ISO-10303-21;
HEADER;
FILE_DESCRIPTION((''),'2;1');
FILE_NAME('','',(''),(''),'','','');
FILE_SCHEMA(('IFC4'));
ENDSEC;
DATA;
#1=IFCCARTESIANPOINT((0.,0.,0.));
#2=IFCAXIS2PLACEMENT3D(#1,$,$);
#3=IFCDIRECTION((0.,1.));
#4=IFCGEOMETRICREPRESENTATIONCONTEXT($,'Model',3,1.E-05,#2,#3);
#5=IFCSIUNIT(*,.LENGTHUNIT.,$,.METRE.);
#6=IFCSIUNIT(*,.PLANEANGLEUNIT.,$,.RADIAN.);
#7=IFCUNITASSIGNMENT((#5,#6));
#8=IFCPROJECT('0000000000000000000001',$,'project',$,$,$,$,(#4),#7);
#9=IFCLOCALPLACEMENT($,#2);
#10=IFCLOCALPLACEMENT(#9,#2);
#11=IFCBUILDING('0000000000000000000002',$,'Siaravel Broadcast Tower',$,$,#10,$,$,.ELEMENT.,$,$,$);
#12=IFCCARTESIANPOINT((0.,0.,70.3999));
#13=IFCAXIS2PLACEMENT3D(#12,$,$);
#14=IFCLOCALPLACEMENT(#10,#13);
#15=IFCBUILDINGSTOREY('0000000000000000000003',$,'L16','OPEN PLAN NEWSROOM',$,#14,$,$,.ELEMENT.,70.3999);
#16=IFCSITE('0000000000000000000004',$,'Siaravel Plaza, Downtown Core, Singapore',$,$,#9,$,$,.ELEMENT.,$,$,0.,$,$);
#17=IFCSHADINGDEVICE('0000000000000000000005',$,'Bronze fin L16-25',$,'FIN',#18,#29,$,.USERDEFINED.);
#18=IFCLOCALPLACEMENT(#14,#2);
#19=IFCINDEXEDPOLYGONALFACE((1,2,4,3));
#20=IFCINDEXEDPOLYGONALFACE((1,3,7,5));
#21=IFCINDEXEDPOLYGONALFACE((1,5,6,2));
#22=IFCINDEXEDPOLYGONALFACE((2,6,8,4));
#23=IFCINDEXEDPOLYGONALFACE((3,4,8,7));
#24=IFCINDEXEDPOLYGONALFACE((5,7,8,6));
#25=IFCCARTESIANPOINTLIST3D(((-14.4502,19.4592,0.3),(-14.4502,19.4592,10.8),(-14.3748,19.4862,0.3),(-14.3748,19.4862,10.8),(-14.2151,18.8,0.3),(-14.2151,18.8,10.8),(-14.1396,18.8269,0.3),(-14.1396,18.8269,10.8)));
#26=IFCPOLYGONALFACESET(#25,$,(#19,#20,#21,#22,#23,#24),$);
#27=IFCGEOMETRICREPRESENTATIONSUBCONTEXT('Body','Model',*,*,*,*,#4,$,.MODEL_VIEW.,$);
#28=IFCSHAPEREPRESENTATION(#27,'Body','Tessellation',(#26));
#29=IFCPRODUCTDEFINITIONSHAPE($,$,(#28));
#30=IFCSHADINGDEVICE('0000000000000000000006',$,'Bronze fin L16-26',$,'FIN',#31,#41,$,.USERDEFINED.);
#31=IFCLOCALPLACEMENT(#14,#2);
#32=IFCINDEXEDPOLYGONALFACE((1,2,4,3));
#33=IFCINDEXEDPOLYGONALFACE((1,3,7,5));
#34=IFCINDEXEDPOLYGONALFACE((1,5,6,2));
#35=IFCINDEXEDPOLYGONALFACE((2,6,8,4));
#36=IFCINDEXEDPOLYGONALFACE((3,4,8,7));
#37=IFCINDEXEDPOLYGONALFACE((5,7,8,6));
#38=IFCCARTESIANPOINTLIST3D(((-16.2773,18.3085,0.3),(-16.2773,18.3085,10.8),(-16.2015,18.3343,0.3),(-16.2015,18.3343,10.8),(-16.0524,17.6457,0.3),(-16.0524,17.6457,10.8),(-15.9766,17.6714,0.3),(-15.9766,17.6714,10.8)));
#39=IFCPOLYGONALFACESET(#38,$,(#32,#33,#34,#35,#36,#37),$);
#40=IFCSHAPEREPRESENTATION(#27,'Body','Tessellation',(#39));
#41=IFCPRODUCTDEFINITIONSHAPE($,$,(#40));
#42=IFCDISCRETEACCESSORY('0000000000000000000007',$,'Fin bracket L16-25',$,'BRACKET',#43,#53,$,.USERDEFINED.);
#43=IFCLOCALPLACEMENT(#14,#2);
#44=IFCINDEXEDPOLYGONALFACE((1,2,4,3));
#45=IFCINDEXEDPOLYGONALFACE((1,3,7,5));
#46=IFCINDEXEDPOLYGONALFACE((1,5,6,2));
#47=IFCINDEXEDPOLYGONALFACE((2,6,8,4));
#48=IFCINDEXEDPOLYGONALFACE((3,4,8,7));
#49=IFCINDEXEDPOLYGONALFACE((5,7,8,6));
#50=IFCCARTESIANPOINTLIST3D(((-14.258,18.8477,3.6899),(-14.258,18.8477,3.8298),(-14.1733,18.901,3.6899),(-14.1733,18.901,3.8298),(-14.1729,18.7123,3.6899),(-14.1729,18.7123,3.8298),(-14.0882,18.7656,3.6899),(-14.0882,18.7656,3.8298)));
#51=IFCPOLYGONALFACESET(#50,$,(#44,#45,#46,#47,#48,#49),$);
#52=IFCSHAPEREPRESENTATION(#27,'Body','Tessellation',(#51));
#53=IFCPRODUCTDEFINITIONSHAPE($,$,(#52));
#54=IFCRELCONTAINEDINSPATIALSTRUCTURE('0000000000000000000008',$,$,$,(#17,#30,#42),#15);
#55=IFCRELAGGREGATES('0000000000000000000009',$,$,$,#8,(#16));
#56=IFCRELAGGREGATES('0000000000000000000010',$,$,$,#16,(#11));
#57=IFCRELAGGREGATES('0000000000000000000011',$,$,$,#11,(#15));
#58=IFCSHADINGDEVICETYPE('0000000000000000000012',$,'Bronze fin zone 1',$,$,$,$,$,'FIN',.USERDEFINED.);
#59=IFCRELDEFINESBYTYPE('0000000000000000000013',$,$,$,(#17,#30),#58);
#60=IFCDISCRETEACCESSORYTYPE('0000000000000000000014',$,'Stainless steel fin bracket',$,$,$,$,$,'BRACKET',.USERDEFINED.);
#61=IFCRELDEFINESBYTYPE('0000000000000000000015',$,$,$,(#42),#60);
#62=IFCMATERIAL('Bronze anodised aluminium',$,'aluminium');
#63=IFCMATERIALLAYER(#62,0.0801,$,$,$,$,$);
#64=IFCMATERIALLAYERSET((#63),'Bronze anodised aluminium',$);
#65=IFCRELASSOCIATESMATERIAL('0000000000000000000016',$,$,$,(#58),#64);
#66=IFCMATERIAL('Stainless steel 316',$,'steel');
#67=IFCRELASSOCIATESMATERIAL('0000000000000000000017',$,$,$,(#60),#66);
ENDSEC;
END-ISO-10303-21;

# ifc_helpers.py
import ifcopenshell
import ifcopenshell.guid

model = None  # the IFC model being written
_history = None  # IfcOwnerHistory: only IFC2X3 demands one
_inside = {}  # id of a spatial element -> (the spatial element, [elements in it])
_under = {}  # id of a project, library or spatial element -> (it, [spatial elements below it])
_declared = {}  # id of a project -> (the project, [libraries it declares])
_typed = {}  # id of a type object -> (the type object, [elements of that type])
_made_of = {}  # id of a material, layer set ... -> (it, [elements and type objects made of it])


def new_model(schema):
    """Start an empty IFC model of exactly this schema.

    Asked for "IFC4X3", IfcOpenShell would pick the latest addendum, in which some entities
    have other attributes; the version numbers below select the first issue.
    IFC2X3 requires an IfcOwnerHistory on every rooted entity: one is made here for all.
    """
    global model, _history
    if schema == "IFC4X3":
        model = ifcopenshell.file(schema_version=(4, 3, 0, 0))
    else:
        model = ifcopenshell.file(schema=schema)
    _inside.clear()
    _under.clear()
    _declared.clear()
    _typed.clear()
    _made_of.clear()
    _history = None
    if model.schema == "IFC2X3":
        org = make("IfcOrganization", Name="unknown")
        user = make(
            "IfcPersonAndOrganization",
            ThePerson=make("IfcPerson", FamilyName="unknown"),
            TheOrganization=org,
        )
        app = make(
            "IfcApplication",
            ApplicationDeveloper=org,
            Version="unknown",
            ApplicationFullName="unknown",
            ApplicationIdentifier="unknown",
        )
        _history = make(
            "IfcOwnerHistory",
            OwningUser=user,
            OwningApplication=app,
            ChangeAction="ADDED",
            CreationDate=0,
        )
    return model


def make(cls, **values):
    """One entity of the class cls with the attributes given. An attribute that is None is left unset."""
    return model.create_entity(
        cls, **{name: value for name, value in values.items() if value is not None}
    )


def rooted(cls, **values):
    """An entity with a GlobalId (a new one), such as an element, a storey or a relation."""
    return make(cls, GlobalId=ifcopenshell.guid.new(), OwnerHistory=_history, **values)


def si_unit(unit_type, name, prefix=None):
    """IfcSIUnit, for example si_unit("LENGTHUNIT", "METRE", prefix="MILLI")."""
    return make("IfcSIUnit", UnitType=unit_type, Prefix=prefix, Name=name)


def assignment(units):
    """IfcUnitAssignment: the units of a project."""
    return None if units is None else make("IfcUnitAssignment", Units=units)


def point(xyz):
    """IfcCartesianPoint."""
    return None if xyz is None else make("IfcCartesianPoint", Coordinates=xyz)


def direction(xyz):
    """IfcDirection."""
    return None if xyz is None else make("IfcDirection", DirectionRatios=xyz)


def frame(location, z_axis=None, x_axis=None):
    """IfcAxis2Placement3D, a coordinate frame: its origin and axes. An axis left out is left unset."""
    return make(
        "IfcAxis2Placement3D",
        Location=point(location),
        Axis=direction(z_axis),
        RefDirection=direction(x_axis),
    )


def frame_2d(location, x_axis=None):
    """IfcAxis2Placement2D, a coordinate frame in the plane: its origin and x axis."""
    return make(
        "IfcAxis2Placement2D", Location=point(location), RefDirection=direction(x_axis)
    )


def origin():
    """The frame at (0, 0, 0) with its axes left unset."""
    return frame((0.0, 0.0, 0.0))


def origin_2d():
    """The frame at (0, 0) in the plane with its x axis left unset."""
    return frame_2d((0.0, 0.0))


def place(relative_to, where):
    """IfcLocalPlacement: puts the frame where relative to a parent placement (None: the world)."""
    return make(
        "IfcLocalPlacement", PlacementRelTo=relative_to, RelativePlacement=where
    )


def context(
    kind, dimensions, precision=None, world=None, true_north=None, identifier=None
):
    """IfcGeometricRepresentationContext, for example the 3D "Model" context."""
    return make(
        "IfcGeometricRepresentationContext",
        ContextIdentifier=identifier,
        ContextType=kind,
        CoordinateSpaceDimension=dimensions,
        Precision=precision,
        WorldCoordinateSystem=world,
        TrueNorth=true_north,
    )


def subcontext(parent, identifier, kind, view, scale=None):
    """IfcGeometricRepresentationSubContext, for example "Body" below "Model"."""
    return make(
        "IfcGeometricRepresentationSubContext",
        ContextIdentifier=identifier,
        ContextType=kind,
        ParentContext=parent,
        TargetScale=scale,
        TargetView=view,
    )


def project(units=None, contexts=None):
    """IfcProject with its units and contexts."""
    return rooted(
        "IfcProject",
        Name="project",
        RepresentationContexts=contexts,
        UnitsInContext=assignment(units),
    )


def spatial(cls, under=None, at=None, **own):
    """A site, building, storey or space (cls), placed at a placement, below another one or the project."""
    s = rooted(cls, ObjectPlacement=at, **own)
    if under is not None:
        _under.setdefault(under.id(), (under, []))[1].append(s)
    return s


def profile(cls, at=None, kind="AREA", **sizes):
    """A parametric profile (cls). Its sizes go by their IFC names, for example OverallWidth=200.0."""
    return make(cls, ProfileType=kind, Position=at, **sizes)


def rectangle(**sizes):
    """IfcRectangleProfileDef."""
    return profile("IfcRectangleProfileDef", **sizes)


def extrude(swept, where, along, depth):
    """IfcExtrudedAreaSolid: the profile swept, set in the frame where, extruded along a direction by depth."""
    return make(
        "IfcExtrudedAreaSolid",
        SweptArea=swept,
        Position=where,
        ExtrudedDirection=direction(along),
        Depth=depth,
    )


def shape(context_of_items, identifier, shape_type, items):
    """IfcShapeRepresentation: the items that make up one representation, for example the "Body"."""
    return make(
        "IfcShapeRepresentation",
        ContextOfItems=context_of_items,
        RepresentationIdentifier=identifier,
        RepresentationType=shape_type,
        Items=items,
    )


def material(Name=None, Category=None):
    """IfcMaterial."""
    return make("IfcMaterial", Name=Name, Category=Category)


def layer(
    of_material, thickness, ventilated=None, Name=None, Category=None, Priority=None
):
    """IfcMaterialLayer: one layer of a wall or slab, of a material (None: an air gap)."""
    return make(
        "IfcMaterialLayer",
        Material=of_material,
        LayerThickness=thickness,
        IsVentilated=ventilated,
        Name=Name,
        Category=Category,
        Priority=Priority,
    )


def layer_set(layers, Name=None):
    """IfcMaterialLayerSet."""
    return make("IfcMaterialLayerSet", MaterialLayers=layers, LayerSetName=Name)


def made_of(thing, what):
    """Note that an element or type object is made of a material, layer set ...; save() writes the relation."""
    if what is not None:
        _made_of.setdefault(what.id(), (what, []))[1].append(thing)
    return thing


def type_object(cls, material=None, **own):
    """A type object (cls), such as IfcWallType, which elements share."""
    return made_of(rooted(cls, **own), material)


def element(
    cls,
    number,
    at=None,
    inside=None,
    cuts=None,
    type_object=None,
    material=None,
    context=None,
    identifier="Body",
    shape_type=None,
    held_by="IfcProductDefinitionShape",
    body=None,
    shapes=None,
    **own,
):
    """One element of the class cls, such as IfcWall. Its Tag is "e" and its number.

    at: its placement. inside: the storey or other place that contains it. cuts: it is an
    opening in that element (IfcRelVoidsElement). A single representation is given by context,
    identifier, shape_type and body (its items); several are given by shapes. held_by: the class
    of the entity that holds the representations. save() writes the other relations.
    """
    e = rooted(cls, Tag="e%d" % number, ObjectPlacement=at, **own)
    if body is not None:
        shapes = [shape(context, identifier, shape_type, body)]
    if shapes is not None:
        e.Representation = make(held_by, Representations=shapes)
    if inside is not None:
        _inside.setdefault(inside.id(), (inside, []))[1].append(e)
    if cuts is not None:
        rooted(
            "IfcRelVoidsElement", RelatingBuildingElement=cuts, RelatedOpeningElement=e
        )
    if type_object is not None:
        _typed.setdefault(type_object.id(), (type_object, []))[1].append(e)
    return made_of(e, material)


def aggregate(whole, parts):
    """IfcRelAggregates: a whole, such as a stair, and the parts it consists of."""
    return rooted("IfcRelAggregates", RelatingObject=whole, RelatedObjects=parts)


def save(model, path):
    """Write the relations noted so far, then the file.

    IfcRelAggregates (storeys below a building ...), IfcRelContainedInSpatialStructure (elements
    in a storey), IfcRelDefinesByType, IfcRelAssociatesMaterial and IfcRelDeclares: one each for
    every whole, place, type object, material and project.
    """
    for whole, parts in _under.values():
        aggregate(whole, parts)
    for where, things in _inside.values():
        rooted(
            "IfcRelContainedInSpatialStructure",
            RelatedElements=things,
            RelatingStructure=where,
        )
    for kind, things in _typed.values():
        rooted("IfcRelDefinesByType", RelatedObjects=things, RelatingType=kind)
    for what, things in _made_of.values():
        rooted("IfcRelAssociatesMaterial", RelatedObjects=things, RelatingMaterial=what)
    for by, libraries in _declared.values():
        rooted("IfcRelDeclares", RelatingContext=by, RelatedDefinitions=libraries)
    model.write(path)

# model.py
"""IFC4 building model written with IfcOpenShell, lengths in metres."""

from ifc_helpers import new_model, si_unit, direction, frame, origin, origin_2d, place, context, subcontext, project, spatial, rectangle, extrude, material, layer, layer_set, type_object, element, save


model = new_model("IFC4")

# Units and contexts
model_context = context("Model", 3, precision=1e-05, world=origin(), true_north=direction((0.0, 1.0)))
body_context = subcontext(model_context, "Body", "Model", "MODEL_VIEW")
ifc_project = project(units=[si_unit("LENGTHUNIT", "METRE"), si_unit("PLANEANGLEUNIT", "RADIAN")], contexts=[model_context])

# Site, building, storey
site_placement = place(None, origin())
site = spatial("IfcSite", under=ifc_project, at=site_placement, Name="Siaravel Plaza, Downtown Core, Singapore", CompositionType="ELEMENT", RefElevation=0.0)
building_placement = place(site_placement, origin())
building = spatial("IfcBuilding", under=site, at=building_placement, Name="Siaravel Broadcast Tower", CompositionType="ELEMENT")
storey_placement = place(building_placement, frame((0.0, 0.0, 70.3999)))
storey = spatial("IfcBuildingStorey", under=building, at=storey_placement, Name="L16", Description="OPEN PLAN NEWSROOM", CompositionType="ELEMENT", Elevation=70.3999)

# Shading devices
ifc_material_1 = material(Name="Bronze anodised aluminium", Category="aluminium")
ifc_layer_1 = layer(ifc_material_1, 0.0801)
ifc_layer_set_1 = layer_set([ifc_layer_1], Name="Bronze anodised aluminium")
shading_device_type = type_object("IfcShadingDeviceType", Name="Bronze fin zone 1", ElementType="FIN", PredefinedType="USERDEFINED", material=ifc_layer_set_1)
for number, where, z_axis, x_axis, name in (
    (1, (-14.2949, 19.1431, 0.3), (0.0, 0.0, 1.0), (-0.335973, 0.941872, 0.0), "Bronze fin L16-25"),
    (2, (-16.127, 17.99, 0.3), (0.0, 0.0, 1.0), (-0.321304, 0.946976, 0.0), "Bronze fin L16-26"),
):
    element("IfcShadingDevice", number, at=place(storey_placement, frame(where, z_axis=z_axis, x_axis=x_axis)), inside=storey, type_object=shading_device_type, Name=name, ObjectType="FIN", PredefinedType="USERDEFINED", context=body_context, shape_type="SweptSolid", body=[
        extrude(rectangle(XDim=0.7, YDim=0.0801, at=origin_2d()), origin(), (0.0, 0.0, 1.0), 10.5),
    ])

# Discrete accessory
ifc_material_2 = material(Name="Stainless steel 316", Category="steel")
discrete_accessory_type = type_object("IfcDiscreteAccessoryType", Name="Stainless steel fin bracket", ElementType="BRACKET", PredefinedType="USERDEFINED", material=ifc_material_2)
discrete_accessory_placement = place(storey_placement, frame((-14.1731, 18.8066, 3.6899), z_axis=(0.0, 0.0, 1.0), x_axis=(-0.532149, 0.84665, 0.0)))
element("IfcDiscreteAccessory", 3, at=discrete_accessory_placement, inside=storey, type_object=discrete_accessory_type, Name="Fin bracket L16-25", ObjectType="BRACKET", PredefinedType="USERDEFINED", context=body_context, shape_type="SweptSolid", body=[
    extrude(rectangle(XDim=0.1599, YDim=0.1001, at=origin_2d()), origin(), (0.0, 0.0, 1.0), 0.1399),
])

save(model, "model.ifc")
